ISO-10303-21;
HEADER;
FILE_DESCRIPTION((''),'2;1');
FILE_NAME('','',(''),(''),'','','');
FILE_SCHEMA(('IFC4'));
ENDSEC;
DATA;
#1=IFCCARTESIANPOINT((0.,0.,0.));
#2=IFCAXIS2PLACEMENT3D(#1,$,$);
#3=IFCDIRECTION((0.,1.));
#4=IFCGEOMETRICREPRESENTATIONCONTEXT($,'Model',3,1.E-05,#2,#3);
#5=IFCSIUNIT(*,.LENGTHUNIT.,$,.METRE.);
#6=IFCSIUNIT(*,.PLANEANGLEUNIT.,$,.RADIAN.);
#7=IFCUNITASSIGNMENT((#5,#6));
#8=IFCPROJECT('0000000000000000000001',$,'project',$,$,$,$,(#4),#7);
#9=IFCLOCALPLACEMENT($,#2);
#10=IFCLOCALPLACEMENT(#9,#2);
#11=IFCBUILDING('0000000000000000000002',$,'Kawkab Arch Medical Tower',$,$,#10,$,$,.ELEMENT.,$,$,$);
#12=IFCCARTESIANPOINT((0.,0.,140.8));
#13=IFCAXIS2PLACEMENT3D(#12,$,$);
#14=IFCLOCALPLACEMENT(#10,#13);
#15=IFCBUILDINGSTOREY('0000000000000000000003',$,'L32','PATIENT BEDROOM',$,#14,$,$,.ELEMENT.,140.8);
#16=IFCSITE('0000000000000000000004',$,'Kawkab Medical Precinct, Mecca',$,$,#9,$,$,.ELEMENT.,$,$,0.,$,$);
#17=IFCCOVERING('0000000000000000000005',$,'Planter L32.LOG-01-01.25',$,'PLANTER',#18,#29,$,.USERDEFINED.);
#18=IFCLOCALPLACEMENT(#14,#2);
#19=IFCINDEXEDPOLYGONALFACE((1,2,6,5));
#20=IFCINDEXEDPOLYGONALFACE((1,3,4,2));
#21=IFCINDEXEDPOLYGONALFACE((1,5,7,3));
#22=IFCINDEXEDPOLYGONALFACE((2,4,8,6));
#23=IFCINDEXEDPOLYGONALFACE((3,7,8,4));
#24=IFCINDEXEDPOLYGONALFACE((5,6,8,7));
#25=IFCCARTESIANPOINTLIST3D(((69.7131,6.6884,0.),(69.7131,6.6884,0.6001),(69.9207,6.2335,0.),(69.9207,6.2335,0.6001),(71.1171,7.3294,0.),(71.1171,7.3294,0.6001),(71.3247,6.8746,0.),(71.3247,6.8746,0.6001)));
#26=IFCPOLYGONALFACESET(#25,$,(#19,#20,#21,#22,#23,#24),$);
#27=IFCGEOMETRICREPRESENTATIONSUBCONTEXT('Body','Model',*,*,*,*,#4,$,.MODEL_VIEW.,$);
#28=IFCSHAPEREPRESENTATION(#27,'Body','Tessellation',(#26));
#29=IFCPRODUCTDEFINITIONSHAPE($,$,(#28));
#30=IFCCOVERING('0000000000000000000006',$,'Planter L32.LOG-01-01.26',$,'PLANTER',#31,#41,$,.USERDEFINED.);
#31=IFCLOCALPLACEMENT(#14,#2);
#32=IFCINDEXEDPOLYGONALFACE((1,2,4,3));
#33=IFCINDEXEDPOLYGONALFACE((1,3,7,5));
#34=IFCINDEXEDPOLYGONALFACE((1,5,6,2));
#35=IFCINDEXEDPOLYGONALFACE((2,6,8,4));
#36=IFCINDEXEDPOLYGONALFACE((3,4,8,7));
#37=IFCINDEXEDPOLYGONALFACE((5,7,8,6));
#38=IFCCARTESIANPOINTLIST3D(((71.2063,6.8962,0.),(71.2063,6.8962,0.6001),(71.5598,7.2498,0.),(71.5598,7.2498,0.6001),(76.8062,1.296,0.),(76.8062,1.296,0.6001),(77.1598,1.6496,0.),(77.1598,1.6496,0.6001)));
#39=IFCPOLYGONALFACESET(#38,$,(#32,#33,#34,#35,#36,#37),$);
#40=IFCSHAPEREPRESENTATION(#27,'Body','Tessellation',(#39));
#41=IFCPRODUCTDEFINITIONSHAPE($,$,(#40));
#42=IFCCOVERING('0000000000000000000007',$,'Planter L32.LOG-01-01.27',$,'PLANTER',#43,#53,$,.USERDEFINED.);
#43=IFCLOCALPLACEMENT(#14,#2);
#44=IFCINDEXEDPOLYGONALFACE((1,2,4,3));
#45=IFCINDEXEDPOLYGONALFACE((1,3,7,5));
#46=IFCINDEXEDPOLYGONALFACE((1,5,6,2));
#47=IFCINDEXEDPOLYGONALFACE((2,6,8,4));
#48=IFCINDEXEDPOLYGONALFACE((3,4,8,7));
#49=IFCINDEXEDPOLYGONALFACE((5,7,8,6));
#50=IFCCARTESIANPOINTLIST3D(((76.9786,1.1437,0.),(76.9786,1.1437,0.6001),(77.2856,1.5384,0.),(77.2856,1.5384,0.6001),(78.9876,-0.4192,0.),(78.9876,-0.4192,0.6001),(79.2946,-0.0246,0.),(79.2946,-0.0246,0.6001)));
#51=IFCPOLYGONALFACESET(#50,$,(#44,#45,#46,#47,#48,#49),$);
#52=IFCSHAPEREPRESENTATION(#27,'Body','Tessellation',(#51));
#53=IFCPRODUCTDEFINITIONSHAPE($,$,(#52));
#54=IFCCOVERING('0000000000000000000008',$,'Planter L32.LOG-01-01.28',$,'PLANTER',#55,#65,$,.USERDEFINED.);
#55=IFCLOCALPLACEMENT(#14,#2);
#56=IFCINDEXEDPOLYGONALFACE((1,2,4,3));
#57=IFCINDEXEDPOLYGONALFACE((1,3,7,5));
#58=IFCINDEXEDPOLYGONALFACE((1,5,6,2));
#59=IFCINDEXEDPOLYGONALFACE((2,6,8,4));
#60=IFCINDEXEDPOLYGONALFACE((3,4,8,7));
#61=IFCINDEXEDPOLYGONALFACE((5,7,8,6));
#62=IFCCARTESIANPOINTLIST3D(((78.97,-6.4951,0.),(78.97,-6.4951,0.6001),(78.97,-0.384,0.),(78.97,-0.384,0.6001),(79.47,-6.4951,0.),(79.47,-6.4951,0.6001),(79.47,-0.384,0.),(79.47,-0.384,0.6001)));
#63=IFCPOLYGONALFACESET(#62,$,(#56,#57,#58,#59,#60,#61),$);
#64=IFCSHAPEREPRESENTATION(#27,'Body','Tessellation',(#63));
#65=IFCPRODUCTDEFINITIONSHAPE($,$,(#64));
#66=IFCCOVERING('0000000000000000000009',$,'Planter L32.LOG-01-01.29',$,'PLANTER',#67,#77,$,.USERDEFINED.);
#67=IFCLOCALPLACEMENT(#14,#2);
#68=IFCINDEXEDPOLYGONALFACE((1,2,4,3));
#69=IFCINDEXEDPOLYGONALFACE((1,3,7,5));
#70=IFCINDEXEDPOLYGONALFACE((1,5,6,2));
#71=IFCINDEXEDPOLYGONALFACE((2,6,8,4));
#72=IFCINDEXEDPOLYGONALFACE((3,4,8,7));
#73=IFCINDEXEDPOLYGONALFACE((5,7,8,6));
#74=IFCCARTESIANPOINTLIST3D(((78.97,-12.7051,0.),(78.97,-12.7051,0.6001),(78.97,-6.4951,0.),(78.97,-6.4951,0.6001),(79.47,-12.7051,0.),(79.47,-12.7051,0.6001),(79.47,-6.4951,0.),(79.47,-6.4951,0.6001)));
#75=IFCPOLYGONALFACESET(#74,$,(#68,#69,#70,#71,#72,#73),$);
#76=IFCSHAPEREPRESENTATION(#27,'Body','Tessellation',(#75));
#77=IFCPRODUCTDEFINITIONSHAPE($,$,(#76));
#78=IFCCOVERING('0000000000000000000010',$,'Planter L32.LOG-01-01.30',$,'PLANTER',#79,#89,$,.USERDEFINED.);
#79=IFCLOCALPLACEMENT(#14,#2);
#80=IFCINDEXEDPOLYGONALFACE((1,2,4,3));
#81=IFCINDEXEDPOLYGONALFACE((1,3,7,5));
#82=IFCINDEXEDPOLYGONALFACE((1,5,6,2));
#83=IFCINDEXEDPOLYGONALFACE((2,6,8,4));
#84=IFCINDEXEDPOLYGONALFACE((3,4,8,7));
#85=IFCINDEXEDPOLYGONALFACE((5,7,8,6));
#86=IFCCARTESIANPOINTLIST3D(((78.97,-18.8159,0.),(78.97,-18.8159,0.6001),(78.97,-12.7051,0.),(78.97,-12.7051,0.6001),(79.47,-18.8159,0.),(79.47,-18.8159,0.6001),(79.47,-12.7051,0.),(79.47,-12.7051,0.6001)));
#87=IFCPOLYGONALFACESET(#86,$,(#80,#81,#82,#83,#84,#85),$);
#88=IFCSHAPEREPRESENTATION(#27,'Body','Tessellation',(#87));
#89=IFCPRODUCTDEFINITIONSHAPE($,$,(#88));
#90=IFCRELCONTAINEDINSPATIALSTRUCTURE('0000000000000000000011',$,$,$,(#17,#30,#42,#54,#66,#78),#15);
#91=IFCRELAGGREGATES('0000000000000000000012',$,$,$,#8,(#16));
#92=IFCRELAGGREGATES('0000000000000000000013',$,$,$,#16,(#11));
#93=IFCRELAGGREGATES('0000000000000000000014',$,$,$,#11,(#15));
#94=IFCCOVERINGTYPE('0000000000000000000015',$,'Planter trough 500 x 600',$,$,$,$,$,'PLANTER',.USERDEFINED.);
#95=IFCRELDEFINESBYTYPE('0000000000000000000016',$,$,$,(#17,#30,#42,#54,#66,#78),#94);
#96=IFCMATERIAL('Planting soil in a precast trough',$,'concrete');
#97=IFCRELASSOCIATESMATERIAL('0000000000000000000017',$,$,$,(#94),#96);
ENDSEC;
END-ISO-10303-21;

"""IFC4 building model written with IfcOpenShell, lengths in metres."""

from ifc_helpers import new_model, si_unit, direction, frame, origin, origin_2d, place, context, subcontext, project, spatial, rectangle, extrude, material, material_profile, profile_set, type_object, element, save


model = new_model("IFC4")

# Units and contexts
model_context = context("Model", 3, precision=1e-05, world=origin(), true_north=direction((0.0, 1.0)))
body_context = subcontext(model_context, "Body", "Model", "MODEL_VIEW")
ifc_project = project(units=[si_unit("LENGTHUNIT", "METRE"), si_unit("PLANEANGLEUNIT", "RADIAN")], contexts=[model_context])

# Site, building, storey
site_placement = place(None, origin())
site = spatial("IfcSite", under=ifc_project, at=site_placement, Name="Kawkab Medical Precinct, Mecca", CompositionType="ELEMENT", RefElevation=0.0)
building_placement = place(site_placement, origin())
building = spatial("IfcBuilding", under=site, at=building_placement, Name="Kawkab Arch Medical Tower", CompositionType="ELEMENT")
storey_placement = place(building_placement, frame((0.0, 0.0, 140.8)))
storey = spatial("IfcBuildingStorey", under=building, at=storey_placement, Name="L32", Description="PATIENT BEDROOM", CompositionType="ELEMENT", Elevation=140.8)

# Coverings
ifc_material_1 = material(Name="Planting soil in a precast trough", Category="concrete")
ifc_material_profile_1 = material_profile(ifc_material_1, rectangle(XDim=0.5, YDim=0.6001, at=origin_2d()), Name="Trough 500x600")
ifc_profile_set_1 = profile_set([ifc_material_profile_1], Name="Planting soil in a precast trough")
covering_type_1 = type_object("IfcCoveringType", Name="Planter trough 500 x 600", ElementType="PLANTER", PredefinedType="USERDEFINED", material=ifc_profile_set_1)
covering_1_placement = place(storey_placement, frame((69.8169, 6.4609, 0.3), z_axis=(0.909656, 0.415363, 0.0), x_axis=(-0.415363, 0.909656, 0.0)))
element("IfcCovering", 1, at=covering_1_placement, inside=storey, type_object=covering_type_1, Name="Planter L32.LOG-01-01.25", ObjectType="PLANTER", PredefinedType="USERDEFINED", context=body_context, shape_type="SweptSolid", body=[
    extrude(rectangle(XDim=0.5, YDim=0.6001, at=origin_2d()), origin(), (0.0, 0.0, 1.0), 1.5435),
])
covering_2_placement = place(storey_placement, frame((71.3831, 7.073, 0.3), z_axis=(0.707091, -0.707122, 0.0), x_axis=(0.707122, 0.707091, 0.0)))
element("IfcCovering", 2, at=covering_2_placement, inside=storey, type_object=covering_type_1, Name="Planter L32.LOG-01-01.26", ObjectType="PLANTER", PredefinedType="USERDEFINED", context=body_context, shape_type="SweptSolid", body=[
    extrude(rectangle(XDim=0.5, YDim=0.6001, at=origin_2d()), origin(), (0.0, 0.0, 1.0), 7.9197),
])
covering_3_placement = place(storey_placement, frame((77.1321, 1.3411, 0.3), z_axis=(0.789275, -0.61404, 0.0), x_axis=(0.61404, 0.789275, 0.0)))
element("IfcCovering", 3, at=covering_3_placement, inside=storey, type_object=covering_type_1, Name="Planter L32.LOG-01-01.27", ObjectType="PLANTER", PredefinedType="USERDEFINED", context=body_context, shape_type="SweptSolid", body=[
    extrude(rectangle(XDim=0.5, YDim=0.6001, at=origin_2d()), origin(), (0.0, 0.0, 1.0), 2.5454),
])
covering_4_placement = place(storey_placement, frame((79.22, -0.384, 0.3), z_axis=(0.0, -1.0, 0.0), x_axis=(1.0, 0.0, 0.0)))
element("IfcCovering", 4, at=covering_4_placement, inside=storey, type_object=covering_type_1, Name="Planter L32.LOG-01-01.28", ObjectType="PLANTER", PredefinedType="USERDEFINED", context=body_context, shape_type="SweptSolid", body=[
    extrude(rectangle(XDim=0.5, YDim=0.6001, at=origin_2d()), origin(), (0.0, 0.0, 1.0), 6.1111),
])
covering_5_placement = place(storey_placement, frame((79.22, -6.4951, 0.3), z_axis=(0.0, -1.0, 0.0), x_axis=(1.0, 0.0, 0.0)))
element("IfcCovering", 5, at=covering_5_placement, inside=storey, type_object=covering_type_1, Name="Planter L32.LOG-01-01.29", ObjectType="PLANTER", PredefinedType="USERDEFINED", context=body_context, shape_type="SweptSolid", body=[
    extrude(rectangle(XDim=0.5, YDim=0.6001, at=origin_2d()), origin(), (0.0, 0.0, 1.0), 6.21),
])
covering_6_placement = place(storey_placement, frame((79.22, -12.7051, 0.3), z_axis=(0.0, -1.0, 0.0), x_axis=(1.0, 0.0, 0.0)))
element("IfcCovering", 6, at=covering_6_placement, inside=storey, type_object=covering_type_1, Name="Planter L32.LOG-01-01.30", ObjectType="PLANTER", PredefinedType="USERDEFINED", context=body_context, shape_type="SweptSolid", body=[
    extrude(rectangle(XDim=0.5, YDim=0.6001, at=origin_2d()), origin(), (0.0, 0.0, 1.0), 6.1108),
])

save(model, "model.ifc")
